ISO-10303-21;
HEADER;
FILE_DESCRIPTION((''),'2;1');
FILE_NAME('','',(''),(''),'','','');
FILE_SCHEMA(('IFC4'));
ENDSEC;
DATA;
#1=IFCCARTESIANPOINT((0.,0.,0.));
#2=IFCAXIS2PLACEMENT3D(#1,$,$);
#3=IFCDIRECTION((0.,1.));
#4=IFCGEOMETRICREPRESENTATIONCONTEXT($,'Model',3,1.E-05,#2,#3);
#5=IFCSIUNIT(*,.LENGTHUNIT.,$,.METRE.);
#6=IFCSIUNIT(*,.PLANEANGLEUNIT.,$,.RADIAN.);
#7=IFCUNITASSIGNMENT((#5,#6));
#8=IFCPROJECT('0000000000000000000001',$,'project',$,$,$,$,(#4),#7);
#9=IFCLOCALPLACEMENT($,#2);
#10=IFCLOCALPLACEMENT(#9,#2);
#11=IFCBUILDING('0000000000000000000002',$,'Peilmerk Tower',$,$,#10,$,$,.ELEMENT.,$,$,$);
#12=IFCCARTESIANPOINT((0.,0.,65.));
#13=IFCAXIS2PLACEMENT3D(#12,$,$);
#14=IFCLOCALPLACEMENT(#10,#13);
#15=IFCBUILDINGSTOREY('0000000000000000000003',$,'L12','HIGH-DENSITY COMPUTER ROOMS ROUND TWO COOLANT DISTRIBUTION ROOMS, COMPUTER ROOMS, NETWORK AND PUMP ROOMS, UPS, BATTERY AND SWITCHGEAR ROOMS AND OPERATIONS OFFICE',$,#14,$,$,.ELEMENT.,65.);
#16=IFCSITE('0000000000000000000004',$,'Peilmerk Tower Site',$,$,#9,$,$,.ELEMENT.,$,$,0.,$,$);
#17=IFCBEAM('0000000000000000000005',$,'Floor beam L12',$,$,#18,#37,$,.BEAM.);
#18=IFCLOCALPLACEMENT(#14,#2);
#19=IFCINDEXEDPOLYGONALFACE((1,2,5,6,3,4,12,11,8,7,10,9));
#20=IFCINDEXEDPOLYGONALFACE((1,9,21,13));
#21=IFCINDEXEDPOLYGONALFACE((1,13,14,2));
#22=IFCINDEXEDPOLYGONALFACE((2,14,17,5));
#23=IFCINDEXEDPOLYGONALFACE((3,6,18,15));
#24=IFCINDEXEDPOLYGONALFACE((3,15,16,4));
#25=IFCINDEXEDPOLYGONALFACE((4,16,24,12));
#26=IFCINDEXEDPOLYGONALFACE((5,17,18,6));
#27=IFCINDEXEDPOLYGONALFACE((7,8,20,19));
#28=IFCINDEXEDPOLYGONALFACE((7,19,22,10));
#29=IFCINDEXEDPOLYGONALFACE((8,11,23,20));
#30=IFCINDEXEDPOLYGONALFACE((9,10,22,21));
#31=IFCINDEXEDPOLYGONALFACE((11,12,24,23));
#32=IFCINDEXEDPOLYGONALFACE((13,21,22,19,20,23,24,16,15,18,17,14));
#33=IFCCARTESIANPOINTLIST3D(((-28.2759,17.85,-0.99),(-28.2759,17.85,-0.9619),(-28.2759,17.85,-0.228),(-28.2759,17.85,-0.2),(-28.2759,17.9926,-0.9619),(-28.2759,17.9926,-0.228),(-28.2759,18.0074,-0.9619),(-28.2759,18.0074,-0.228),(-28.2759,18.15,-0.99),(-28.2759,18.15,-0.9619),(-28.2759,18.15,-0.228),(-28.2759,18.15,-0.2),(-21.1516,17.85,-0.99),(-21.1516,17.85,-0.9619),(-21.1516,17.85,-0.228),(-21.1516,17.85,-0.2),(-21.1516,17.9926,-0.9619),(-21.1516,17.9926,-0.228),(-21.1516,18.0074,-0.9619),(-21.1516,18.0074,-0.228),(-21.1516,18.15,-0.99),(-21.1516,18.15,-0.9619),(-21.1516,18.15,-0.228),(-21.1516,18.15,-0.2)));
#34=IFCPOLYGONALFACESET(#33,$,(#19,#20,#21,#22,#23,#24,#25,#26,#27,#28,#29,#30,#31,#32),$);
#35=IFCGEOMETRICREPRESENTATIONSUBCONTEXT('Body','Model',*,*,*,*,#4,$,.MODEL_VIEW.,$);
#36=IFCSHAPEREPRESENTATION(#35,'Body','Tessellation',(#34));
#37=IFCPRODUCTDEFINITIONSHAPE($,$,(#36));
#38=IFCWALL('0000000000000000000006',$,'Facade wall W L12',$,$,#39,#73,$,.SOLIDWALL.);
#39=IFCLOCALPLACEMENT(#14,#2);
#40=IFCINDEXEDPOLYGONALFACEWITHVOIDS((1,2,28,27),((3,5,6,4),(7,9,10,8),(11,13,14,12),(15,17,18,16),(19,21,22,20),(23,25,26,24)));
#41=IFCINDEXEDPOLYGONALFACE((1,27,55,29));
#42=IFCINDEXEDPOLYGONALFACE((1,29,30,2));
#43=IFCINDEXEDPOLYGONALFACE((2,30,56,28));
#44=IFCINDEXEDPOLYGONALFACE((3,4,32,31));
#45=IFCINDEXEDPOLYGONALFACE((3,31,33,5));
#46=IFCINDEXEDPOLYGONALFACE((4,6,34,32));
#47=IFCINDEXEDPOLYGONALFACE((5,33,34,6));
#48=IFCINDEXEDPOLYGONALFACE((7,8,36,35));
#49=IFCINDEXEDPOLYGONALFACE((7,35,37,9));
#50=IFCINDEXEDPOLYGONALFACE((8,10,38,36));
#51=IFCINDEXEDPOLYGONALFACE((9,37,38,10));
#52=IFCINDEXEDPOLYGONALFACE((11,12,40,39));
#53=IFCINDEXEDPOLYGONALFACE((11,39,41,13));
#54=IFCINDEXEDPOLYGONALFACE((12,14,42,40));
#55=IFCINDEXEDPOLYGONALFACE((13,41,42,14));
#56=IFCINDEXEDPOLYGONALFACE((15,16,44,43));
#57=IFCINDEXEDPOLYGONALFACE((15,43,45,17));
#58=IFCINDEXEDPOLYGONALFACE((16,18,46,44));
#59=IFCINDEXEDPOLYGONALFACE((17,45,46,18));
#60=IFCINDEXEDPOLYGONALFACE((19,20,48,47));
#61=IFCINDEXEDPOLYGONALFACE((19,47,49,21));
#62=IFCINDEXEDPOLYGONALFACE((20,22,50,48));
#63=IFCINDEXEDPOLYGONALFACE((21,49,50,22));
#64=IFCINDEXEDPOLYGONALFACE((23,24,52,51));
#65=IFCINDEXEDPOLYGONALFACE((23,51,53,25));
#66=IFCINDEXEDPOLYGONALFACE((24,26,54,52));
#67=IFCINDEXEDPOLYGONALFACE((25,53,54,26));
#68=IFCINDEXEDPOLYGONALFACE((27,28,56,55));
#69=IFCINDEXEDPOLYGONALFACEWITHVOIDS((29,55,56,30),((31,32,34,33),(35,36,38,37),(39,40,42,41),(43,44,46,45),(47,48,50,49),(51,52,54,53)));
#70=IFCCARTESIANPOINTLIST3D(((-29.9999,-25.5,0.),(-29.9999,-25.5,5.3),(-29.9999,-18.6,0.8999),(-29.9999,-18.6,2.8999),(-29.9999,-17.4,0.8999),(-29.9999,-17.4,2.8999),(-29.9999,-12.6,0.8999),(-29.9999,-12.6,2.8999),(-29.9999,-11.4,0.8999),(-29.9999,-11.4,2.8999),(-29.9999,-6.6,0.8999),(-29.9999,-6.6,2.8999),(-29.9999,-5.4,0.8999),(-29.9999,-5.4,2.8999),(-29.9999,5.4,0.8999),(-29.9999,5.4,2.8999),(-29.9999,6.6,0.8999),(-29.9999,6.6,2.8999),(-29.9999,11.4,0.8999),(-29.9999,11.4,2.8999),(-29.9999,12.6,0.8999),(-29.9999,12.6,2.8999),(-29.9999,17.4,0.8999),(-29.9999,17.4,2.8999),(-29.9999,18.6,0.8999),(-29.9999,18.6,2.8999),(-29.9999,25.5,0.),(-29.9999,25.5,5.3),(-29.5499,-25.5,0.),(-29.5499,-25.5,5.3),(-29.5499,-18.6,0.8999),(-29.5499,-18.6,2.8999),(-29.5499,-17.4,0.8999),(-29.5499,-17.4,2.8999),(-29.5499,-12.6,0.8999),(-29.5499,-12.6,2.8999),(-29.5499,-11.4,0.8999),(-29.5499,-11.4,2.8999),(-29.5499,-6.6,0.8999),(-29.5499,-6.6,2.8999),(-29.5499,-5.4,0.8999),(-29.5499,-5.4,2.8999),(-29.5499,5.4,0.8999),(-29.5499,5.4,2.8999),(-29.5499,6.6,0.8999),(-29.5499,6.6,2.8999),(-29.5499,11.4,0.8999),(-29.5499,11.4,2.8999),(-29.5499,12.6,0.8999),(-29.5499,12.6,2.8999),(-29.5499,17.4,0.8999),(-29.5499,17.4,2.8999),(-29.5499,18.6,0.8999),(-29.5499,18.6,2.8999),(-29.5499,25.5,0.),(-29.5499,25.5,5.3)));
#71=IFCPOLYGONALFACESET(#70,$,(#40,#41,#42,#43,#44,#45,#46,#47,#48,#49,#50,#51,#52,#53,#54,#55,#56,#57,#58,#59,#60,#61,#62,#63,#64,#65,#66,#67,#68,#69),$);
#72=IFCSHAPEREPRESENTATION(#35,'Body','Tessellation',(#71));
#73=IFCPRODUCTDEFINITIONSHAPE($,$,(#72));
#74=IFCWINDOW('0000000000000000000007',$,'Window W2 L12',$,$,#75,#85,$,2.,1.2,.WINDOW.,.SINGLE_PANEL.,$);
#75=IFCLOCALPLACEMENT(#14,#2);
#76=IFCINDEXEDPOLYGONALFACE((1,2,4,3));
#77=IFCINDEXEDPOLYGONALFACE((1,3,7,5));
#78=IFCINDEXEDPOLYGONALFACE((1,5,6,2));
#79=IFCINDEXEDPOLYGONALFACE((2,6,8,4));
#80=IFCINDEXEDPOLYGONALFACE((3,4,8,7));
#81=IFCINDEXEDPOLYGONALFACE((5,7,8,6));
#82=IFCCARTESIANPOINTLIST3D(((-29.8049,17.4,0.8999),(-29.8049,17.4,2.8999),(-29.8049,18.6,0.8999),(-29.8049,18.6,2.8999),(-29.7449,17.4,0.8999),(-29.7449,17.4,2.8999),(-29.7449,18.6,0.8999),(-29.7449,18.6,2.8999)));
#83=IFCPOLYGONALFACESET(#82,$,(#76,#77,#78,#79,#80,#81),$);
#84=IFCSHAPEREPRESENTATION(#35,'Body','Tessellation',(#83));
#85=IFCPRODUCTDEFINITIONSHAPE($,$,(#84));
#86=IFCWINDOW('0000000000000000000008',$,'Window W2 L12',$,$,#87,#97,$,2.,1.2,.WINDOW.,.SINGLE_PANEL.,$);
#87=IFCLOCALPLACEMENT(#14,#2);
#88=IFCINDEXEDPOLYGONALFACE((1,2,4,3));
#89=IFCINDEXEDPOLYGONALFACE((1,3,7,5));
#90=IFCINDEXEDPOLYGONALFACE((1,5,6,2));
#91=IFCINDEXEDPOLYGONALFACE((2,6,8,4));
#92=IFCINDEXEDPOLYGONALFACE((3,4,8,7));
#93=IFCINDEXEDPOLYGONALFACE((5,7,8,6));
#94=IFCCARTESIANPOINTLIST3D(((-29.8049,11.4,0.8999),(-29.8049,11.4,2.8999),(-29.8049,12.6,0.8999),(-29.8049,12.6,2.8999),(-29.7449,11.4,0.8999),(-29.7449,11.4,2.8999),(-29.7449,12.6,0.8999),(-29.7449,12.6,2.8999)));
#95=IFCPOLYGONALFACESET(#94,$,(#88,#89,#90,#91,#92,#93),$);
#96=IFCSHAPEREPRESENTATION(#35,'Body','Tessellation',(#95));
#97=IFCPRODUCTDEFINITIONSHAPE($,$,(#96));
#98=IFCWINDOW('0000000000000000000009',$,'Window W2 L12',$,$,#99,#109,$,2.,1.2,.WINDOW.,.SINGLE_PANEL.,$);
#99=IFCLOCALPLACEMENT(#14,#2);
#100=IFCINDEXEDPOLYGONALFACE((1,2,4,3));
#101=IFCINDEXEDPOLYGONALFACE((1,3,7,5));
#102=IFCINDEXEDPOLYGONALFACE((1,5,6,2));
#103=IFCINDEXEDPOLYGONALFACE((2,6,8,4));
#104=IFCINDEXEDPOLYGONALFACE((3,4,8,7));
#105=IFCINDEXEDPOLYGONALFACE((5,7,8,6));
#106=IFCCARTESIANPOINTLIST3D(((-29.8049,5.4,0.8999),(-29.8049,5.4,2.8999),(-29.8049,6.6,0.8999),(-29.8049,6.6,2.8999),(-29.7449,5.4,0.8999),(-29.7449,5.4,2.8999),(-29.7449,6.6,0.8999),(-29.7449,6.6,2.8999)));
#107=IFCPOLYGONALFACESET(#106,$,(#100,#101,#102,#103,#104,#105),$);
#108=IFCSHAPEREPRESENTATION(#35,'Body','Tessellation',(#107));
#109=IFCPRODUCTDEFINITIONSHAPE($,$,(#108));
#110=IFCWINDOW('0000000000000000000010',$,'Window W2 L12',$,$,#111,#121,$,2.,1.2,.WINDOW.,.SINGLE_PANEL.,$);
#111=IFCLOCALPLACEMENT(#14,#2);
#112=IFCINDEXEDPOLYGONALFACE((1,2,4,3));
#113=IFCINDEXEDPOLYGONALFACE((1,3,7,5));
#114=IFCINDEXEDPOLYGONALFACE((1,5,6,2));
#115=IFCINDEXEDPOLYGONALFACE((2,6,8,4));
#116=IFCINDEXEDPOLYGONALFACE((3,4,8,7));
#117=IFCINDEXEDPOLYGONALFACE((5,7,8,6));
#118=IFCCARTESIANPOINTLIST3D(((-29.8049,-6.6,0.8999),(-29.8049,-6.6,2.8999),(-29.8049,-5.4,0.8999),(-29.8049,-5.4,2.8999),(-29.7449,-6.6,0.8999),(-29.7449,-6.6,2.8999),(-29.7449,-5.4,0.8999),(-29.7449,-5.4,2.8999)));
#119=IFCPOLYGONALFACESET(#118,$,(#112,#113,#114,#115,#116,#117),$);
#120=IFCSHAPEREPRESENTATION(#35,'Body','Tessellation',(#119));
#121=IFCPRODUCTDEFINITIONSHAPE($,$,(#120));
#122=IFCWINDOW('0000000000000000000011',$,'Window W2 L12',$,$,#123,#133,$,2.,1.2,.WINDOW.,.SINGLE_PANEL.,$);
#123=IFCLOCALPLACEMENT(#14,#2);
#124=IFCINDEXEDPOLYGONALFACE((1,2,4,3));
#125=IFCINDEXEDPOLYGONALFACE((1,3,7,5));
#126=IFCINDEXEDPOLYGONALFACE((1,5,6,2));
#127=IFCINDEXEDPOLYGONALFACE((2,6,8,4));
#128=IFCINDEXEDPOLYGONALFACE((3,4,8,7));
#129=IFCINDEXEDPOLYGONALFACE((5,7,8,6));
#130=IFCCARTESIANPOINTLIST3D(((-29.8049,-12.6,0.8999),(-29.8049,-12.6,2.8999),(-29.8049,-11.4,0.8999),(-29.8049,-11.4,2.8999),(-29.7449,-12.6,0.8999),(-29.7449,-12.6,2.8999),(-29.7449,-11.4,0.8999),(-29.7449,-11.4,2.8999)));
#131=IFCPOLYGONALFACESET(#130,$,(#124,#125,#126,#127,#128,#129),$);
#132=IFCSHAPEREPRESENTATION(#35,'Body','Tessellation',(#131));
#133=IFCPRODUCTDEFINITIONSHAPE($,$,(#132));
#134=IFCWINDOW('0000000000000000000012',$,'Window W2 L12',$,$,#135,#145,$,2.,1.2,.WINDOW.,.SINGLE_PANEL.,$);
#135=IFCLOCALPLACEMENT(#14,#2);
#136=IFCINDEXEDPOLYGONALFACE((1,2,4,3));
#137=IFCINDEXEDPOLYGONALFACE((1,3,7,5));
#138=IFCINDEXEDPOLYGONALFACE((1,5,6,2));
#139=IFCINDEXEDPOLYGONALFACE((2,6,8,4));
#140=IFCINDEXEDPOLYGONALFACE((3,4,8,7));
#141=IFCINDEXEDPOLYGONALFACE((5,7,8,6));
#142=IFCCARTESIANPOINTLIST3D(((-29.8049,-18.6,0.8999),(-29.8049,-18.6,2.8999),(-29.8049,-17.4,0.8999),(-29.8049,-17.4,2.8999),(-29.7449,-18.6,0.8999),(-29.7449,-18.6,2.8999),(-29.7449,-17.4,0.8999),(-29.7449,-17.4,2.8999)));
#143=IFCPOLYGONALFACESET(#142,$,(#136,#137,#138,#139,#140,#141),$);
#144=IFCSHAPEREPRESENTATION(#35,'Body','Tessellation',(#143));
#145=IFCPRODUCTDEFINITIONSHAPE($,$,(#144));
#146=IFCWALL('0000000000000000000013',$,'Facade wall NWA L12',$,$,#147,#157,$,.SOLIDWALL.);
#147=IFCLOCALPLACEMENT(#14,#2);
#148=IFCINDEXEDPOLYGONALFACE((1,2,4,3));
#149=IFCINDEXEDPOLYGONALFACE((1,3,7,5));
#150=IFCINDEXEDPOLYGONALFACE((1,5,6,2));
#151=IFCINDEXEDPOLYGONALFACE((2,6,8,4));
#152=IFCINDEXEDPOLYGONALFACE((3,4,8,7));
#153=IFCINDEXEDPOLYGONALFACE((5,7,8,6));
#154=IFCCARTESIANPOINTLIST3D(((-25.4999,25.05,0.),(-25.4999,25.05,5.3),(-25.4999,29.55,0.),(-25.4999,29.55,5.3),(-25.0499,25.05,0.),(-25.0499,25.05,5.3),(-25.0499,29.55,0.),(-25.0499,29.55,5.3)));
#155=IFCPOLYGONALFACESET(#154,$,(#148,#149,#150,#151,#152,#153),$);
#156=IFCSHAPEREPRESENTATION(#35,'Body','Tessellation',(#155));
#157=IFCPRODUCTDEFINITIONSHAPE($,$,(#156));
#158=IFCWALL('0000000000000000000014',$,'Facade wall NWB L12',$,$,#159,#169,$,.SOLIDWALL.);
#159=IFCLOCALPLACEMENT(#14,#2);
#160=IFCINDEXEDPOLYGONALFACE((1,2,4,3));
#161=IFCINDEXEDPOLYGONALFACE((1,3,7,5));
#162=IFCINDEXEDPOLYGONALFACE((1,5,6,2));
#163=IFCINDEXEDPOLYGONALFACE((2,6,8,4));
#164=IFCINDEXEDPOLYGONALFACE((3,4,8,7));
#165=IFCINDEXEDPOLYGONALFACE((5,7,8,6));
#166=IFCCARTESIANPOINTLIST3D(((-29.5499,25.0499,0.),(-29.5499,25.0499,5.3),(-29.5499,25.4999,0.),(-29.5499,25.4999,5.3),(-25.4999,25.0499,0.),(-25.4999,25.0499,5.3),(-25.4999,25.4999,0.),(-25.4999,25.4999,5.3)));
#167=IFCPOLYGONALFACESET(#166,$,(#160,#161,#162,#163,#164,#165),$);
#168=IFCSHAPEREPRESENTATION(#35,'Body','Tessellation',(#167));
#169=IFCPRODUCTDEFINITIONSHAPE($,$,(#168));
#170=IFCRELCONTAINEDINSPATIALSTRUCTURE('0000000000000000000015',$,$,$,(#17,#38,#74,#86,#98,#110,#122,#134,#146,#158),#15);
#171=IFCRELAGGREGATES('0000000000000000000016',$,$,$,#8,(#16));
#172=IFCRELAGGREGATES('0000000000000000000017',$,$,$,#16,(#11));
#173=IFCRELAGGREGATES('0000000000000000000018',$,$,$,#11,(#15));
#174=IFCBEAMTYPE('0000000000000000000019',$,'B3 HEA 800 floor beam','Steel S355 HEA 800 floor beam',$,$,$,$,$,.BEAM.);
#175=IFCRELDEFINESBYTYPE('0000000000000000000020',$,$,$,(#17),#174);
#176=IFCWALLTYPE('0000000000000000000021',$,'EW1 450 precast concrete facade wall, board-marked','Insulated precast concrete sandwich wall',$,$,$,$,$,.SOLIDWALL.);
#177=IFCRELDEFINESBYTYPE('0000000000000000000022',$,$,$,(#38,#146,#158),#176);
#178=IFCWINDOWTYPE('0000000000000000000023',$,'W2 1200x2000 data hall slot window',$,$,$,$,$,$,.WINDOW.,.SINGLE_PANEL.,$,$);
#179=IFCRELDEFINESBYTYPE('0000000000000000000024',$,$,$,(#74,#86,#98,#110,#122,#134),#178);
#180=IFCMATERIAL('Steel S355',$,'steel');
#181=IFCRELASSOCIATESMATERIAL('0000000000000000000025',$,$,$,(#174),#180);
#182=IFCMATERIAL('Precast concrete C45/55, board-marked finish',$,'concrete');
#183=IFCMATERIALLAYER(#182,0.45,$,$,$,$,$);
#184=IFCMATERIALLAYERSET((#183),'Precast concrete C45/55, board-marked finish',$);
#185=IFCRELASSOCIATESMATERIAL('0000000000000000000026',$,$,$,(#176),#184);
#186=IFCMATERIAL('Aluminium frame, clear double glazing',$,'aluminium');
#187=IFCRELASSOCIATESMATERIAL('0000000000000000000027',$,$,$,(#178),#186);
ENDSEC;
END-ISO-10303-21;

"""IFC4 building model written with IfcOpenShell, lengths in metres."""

from ifc_helpers import new_model, si_unit, direction, frame, frame_2d, origin, origin_2d, place, context, subcontext, project, spatial, rectangle, i_section, extrude, material, layer, layer_set, material_profile, profile_set, type_object, element, fill, save


model = new_model("IFC4")

# Units and contexts
model_context = context("Model", 3, precision=1e-05, world=origin(), true_north=direction((0.0, 1.0)))
body_context = subcontext(model_context, "Body", "Model", "MODEL_VIEW")
ifc_project = project(units=[si_unit("LENGTHUNIT", "METRE"), si_unit("PLANEANGLEUNIT", "RADIAN")], contexts=[model_context])

# Site, building, storey
site_placement = place(None, origin())
site = spatial("IfcSite", under=ifc_project, at=site_placement, Name="Peilmerk Tower Site", CompositionType="ELEMENT", RefElevation=0.0)
building_placement = place(site_placement, origin())
building = spatial("IfcBuilding", under=site, at=building_placement, Name="Peilmerk Tower", CompositionType="ELEMENT")
storey_placement = place(building_placement, frame((0.0, 0.0, 65.0)))
storey = spatial("IfcBuildingStorey", under=building, at=storey_placement, Name="L12", Description="HIGH-DENSITY COMPUTER ROOMS ROUND TWO COOLANT DISTRIBUTION ROOMS, COMPUTER ROOMS, NETWORK AND PUMP ROOMS, UPS, BATTERY AND SWITCHGEAR ROOMS AND OPERATIONS OFFICE", CompositionType="ELEMENT", Elevation=65.0)

# Beam
ifc_material_1 = material(Name="Steel S355", Category="steel")
ifc_material_profile_1 = material_profile(ifc_material_1, i_section(OverallWidth=0.3, OverallDepth=0.79, WebThickness=0.0149, FlangeThickness=0.0281, at=origin_2d()), Name="HEA 800")
ifc_profile_set_1 = profile_set([ifc_material_profile_1], Name="Steel S355")
beam_type_1 = type_object("IfcBeamType", Name="B3 HEA 800 floor beam", Description="Steel S355 HEA 800 floor beam", PredefinedType="BEAM", material=ifc_profile_set_1)
for number, where, z_axis, x_axis, name in (
    (1, (-21.1516, 18.0, -0.595), (-1.0, 0.0, 0.0), (0.0, -1.0, 0.0), "Floor beam L12"),
):
    element("IfcBeam", number, at=place(storey_placement, frame(where, z_axis=z_axis, x_axis=x_axis)), inside=storey, type_object=beam_type_1, Name=name, PredefinedType="BEAM", context=body_context, shape_type="SweptSolid", body=[
        extrude(i_section(OverallWidth=0.3, OverallDepth=0.79, WebThickness=0.0149, FlangeThickness=0.0281, at=origin_2d()), origin(), (0.0, 0.0, 1.0), 7.1243),
    ])

# Wall, openings, windows
ifc_material_2 = material(Name="Precast concrete C45/55, board-marked finish", Category="concrete")
ifc_layer = layer(ifc_material_2, 0.45)
ifc_layer_set = layer_set([ifc_layer], Name="Precast concrete C45/55, board-marked finish")
wall_type = type_object("IfcWallType", Name="EW1 450 precast concrete facade wall, board-marked", Description="Insulated precast concrete sandwich wall", PredefinedType="SOLIDWALL", material=ifc_layer_set)
wall_1_placement = place(storey_placement, frame((-29.7749, 25.5, 0.0), z_axis=(0.0, 0.0, 1.0), x_axis=(0.0, -1.0, 0.0)))
wall_1 = element("IfcWall", 2, at=wall_1_placement, inside=storey, type_object=wall_type, Name="Facade wall W L12", PredefinedType="SOLIDWALL", context=body_context, shape_type="SweptSolid", body=[
    extrude(rectangle(XDim=51.0, YDim=0.45, at=frame_2d((25.5, 0.0))), origin(), (0.0, 0.0, 1.0), 5.3),
])
opening_1_placement = place(wall_1_placement, frame((6.8999, 0.0, 0.8999)))
opening_1 = element("IfcOpeningElement", 3, at=opening_1_placement, cuts=wall_1, PredefinedType="OPENING", context=body_context, shape_type="SweptSolid", body=[
    extrude(rectangle(XDim=1.2, YDim=2.0, at=frame_2d((0.6001, 1.0))), frame((0.0, 0.2349, 0.0), z_axis=(0.0, -1.0, 0.0), x_axis=(1.0, 0.0, 0.0)), (0.0, 0.0, 1.0), 0.47),
])
opening_2_placement = place(wall_1_placement, frame((12.8999, 0.0, 0.8999)))
opening_2 = element("IfcOpeningElement", 4, at=opening_2_placement, cuts=wall_1, PredefinedType="OPENING", context=body_context, shape_type="SweptSolid", body=[
    extrude(rectangle(XDim=1.2, YDim=2.0, at=frame_2d((0.6001, 1.0))), frame((0.0, 0.2349, 0.0), z_axis=(0.0, -1.0, 0.0), x_axis=(1.0, 0.0, 0.0)), (0.0, 0.0, 1.0), 0.47),
])
opening_3_placement = place(wall_1_placement, frame((18.8999, 0.0, 0.8999)))
opening_3 = element("IfcOpeningElement", 5, at=opening_3_placement, cuts=wall_1, PredefinedType="OPENING", context=body_context, shape_type="SweptSolid", body=[
    extrude(rectangle(XDim=1.2, YDim=2.0, at=frame_2d((0.6001, 1.0))), frame((0.0, 0.2349, 0.0), z_axis=(0.0, -1.0, 0.0), x_axis=(1.0, 0.0, 0.0)), (0.0, 0.0, 1.0), 0.47),
])
opening_4_placement = place(wall_1_placement, frame((30.8999, 0.0, 0.8999)))
opening_4 = element("IfcOpeningElement", 6, at=opening_4_placement, cuts=wall_1, PredefinedType="OPENING", context=body_context, shape_type="SweptSolid", body=[
    extrude(rectangle(XDim=1.2, YDim=2.0, at=frame_2d((0.6001, 1.0))), frame((0.0, 0.2349, 0.0), z_axis=(0.0, -1.0, 0.0), x_axis=(1.0, 0.0, 0.0)), (0.0, 0.0, 1.0), 0.47),
])
opening_5_placement = place(wall_1_placement, frame((36.8999, 0.0, 0.8999)))
opening_5 = element("IfcOpeningElement", 7, at=opening_5_placement, cuts=wall_1, PredefinedType="OPENING", context=body_context, shape_type="SweptSolid", body=[
    extrude(rectangle(XDim=1.2, YDim=2.0, at=frame_2d((0.6001, 1.0))), frame((0.0, 0.2349, 0.0), z_axis=(0.0, -1.0, 0.0), x_axis=(1.0, 0.0, 0.0)), (0.0, 0.0, 1.0), 0.47),
])
opening_6_placement = place(wall_1_placement, frame((42.8999, 0.0, 0.8999)))
opening_6 = element("IfcOpeningElement", 8, at=opening_6_placement, cuts=wall_1, PredefinedType="OPENING", context=body_context, shape_type="SweptSolid", body=[
    extrude(rectangle(XDim=1.2, YDim=2.0, at=frame_2d((0.6001, 1.0))), frame((0.0, 0.2349, 0.0), z_axis=(0.0, -1.0, 0.0), x_axis=(1.0, 0.0, 0.0)), (0.0, 0.0, 1.0), 0.47),
])
ifc_material_3 = material(Name="Aluminium frame, clear double glazing", Category="aluminium")
window_type = type_object("IfcWindowType", Name="W2 1200x2000 data hall slot window", PartitioningType="SINGLE_PANEL", PredefinedType="WINDOW", material=ifc_material_3)
window_1_placement = place(opening_1_placement, origin())
window_1 = element("IfcWindow", 9, at=window_1_placement, inside=storey, type_object=window_type, Name="Window W2 L12", OverallHeight=2.0, OverallWidth=1.2, PartitioningType="SINGLE_PANEL", PredefinedType="WINDOW", context=body_context, shape_type="SweptSolid", body=[
    extrude(rectangle(XDim=1.2, YDim=2.0, at=frame_2d((0.6001, 1.0))), frame((0.0, 0.03, 0.0), z_axis=(0.0, -1.0, 0.0), x_axis=(1.0, 0.0, 0.0)), (0.0, 0.0, 1.0), 0.0601),
])
fill(opening_1, window_1)
window_2_placement = place(opening_2_placement, origin())
window_2 = element("IfcWindow", 10, at=window_2_placement, inside=storey, type_object=window_type, Name="Window W2 L12", OverallHeight=2.0, OverallWidth=1.2, PartitioningType="SINGLE_PANEL", PredefinedType="WINDOW", context=body_context, shape_type="SweptSolid", body=[
    extrude(rectangle(XDim=1.2, YDim=2.0, at=frame_2d((0.6001, 1.0))), frame((0.0, 0.03, 0.0), z_axis=(0.0, -1.0, 0.0), x_axis=(1.0, 0.0, 0.0)), (0.0, 0.0, 1.0), 0.0601),
])
fill(opening_2, window_2)
window_3_placement = place(opening_3_placement, origin())
window_3 = element("IfcWindow", 11, at=window_3_placement, inside=storey, type_object=window_type, Name="Window W2 L12", OverallHeight=2.0, OverallWidth=1.2, PartitioningType="SINGLE_PANEL", PredefinedType="WINDOW", context=body_context, shape_type="SweptSolid", body=[
    extrude(rectangle(XDim=1.2, YDim=2.0, at=frame_2d((0.6001, 1.0))), frame((0.0, 0.03, 0.0), z_axis=(0.0, -1.0, 0.0), x_axis=(1.0, 0.0, 0.0)), (0.0, 0.0, 1.0), 0.0601),
])
fill(opening_3, window_3)
window_4_placement = place(opening_4_placement, origin())
window_4 = element("IfcWindow", 12, at=window_4_placement, inside=storey, type_object=window_type, Name="Window W2 L12", OverallHeight=2.0, OverallWidth=1.2, PartitioningType="SINGLE_PANEL", PredefinedType="WINDOW", context=body_context, shape_type="SweptSolid", body=[
    extrude(rectangle(XDim=1.2, YDim=2.0, at=frame_2d((0.6001, 1.0))), frame((0.0, 0.03, 0.0), z_axis=(0.0, -1.0, 0.0), x_axis=(1.0, 0.0, 0.0)), (0.0, 0.0, 1.0), 0.0601),
])
fill(opening_4, window_4)
window_5_placement = place(opening_5_placement, origin())
window_5 = element("IfcWindow", 13, at=window_5_placement, inside=storey, type_object=window_type, Name="Window W2 L12", OverallHeight=2.0, OverallWidth=1.2, PartitioningType="SINGLE_PANEL", PredefinedType="WINDOW", context=body_context, shape_type="SweptSolid", body=[
    extrude(rectangle(XDim=1.2, YDim=2.0, at=frame_2d((0.6001, 1.0))), frame((0.0, 0.03, 0.0), z_axis=(0.0, -1.0, 0.0), x_axis=(1.0, 0.0, 0.0)), (0.0, 0.0, 1.0), 0.0601),
])
fill(opening_5, window_5)
window_6_placement = place(opening_6_placement, origin())
window_6 = element("IfcWindow", 14, at=window_6_placement, inside=storey, type_object=window_type, Name="Window W2 L12", OverallHeight=2.0, OverallWidth=1.2, PartitioningType="SINGLE_PANEL", PredefinedType="WINDOW", context=body_context, shape_type="SweptSolid", body=[
    extrude(rectangle(XDim=1.2, YDim=2.0, at=frame_2d((0.6001, 1.0))), frame((0.0, 0.03, 0.0), z_axis=(0.0, -1.0, 0.0), x_axis=(1.0, 0.0, 0.0)), (0.0, 0.0, 1.0), 0.0601),
])
fill(opening_6, window_6)

# Walls
wall_2_placement = place(storey_placement, frame((-25.2749, 25.05, 0.0), z_axis=(0.0, 0.0, 1.0), x_axis=(0.0, 1.0, 0.0)))
element("IfcWall", 15, at=wall_2_placement, inside=storey, type_object=wall_type, Name="Facade wall NWA L12", PredefinedType="SOLIDWALL", context=body_context, shape_type="SweptSolid", body=[
    extrude(rectangle(XDim=4.5, YDim=0.45, at=frame_2d((2.25, 0.0))), origin(), (0.0, 0.0, 1.0), 5.3),
])
wall_3_placement = place(storey_placement, frame((-25.5, 25.2749, 0.0), z_axis=(0.0, 0.0, 1.0), x_axis=(-1.0, 0.0, 0.0)))
element("IfcWall", 16, at=wall_3_placement, inside=storey, type_object=wall_type, Name="Facade wall NWB L12", PredefinedType="SOLIDWALL", context=body_context, shape_type="SweptSolid", body=[
    extrude(rectangle(XDim=4.05, YDim=0.45, at=frame_2d((2.0249, 0.0))), origin(), (0.0, 0.0, 1.0), 5.3),
])

save(model, "model.ifc")
